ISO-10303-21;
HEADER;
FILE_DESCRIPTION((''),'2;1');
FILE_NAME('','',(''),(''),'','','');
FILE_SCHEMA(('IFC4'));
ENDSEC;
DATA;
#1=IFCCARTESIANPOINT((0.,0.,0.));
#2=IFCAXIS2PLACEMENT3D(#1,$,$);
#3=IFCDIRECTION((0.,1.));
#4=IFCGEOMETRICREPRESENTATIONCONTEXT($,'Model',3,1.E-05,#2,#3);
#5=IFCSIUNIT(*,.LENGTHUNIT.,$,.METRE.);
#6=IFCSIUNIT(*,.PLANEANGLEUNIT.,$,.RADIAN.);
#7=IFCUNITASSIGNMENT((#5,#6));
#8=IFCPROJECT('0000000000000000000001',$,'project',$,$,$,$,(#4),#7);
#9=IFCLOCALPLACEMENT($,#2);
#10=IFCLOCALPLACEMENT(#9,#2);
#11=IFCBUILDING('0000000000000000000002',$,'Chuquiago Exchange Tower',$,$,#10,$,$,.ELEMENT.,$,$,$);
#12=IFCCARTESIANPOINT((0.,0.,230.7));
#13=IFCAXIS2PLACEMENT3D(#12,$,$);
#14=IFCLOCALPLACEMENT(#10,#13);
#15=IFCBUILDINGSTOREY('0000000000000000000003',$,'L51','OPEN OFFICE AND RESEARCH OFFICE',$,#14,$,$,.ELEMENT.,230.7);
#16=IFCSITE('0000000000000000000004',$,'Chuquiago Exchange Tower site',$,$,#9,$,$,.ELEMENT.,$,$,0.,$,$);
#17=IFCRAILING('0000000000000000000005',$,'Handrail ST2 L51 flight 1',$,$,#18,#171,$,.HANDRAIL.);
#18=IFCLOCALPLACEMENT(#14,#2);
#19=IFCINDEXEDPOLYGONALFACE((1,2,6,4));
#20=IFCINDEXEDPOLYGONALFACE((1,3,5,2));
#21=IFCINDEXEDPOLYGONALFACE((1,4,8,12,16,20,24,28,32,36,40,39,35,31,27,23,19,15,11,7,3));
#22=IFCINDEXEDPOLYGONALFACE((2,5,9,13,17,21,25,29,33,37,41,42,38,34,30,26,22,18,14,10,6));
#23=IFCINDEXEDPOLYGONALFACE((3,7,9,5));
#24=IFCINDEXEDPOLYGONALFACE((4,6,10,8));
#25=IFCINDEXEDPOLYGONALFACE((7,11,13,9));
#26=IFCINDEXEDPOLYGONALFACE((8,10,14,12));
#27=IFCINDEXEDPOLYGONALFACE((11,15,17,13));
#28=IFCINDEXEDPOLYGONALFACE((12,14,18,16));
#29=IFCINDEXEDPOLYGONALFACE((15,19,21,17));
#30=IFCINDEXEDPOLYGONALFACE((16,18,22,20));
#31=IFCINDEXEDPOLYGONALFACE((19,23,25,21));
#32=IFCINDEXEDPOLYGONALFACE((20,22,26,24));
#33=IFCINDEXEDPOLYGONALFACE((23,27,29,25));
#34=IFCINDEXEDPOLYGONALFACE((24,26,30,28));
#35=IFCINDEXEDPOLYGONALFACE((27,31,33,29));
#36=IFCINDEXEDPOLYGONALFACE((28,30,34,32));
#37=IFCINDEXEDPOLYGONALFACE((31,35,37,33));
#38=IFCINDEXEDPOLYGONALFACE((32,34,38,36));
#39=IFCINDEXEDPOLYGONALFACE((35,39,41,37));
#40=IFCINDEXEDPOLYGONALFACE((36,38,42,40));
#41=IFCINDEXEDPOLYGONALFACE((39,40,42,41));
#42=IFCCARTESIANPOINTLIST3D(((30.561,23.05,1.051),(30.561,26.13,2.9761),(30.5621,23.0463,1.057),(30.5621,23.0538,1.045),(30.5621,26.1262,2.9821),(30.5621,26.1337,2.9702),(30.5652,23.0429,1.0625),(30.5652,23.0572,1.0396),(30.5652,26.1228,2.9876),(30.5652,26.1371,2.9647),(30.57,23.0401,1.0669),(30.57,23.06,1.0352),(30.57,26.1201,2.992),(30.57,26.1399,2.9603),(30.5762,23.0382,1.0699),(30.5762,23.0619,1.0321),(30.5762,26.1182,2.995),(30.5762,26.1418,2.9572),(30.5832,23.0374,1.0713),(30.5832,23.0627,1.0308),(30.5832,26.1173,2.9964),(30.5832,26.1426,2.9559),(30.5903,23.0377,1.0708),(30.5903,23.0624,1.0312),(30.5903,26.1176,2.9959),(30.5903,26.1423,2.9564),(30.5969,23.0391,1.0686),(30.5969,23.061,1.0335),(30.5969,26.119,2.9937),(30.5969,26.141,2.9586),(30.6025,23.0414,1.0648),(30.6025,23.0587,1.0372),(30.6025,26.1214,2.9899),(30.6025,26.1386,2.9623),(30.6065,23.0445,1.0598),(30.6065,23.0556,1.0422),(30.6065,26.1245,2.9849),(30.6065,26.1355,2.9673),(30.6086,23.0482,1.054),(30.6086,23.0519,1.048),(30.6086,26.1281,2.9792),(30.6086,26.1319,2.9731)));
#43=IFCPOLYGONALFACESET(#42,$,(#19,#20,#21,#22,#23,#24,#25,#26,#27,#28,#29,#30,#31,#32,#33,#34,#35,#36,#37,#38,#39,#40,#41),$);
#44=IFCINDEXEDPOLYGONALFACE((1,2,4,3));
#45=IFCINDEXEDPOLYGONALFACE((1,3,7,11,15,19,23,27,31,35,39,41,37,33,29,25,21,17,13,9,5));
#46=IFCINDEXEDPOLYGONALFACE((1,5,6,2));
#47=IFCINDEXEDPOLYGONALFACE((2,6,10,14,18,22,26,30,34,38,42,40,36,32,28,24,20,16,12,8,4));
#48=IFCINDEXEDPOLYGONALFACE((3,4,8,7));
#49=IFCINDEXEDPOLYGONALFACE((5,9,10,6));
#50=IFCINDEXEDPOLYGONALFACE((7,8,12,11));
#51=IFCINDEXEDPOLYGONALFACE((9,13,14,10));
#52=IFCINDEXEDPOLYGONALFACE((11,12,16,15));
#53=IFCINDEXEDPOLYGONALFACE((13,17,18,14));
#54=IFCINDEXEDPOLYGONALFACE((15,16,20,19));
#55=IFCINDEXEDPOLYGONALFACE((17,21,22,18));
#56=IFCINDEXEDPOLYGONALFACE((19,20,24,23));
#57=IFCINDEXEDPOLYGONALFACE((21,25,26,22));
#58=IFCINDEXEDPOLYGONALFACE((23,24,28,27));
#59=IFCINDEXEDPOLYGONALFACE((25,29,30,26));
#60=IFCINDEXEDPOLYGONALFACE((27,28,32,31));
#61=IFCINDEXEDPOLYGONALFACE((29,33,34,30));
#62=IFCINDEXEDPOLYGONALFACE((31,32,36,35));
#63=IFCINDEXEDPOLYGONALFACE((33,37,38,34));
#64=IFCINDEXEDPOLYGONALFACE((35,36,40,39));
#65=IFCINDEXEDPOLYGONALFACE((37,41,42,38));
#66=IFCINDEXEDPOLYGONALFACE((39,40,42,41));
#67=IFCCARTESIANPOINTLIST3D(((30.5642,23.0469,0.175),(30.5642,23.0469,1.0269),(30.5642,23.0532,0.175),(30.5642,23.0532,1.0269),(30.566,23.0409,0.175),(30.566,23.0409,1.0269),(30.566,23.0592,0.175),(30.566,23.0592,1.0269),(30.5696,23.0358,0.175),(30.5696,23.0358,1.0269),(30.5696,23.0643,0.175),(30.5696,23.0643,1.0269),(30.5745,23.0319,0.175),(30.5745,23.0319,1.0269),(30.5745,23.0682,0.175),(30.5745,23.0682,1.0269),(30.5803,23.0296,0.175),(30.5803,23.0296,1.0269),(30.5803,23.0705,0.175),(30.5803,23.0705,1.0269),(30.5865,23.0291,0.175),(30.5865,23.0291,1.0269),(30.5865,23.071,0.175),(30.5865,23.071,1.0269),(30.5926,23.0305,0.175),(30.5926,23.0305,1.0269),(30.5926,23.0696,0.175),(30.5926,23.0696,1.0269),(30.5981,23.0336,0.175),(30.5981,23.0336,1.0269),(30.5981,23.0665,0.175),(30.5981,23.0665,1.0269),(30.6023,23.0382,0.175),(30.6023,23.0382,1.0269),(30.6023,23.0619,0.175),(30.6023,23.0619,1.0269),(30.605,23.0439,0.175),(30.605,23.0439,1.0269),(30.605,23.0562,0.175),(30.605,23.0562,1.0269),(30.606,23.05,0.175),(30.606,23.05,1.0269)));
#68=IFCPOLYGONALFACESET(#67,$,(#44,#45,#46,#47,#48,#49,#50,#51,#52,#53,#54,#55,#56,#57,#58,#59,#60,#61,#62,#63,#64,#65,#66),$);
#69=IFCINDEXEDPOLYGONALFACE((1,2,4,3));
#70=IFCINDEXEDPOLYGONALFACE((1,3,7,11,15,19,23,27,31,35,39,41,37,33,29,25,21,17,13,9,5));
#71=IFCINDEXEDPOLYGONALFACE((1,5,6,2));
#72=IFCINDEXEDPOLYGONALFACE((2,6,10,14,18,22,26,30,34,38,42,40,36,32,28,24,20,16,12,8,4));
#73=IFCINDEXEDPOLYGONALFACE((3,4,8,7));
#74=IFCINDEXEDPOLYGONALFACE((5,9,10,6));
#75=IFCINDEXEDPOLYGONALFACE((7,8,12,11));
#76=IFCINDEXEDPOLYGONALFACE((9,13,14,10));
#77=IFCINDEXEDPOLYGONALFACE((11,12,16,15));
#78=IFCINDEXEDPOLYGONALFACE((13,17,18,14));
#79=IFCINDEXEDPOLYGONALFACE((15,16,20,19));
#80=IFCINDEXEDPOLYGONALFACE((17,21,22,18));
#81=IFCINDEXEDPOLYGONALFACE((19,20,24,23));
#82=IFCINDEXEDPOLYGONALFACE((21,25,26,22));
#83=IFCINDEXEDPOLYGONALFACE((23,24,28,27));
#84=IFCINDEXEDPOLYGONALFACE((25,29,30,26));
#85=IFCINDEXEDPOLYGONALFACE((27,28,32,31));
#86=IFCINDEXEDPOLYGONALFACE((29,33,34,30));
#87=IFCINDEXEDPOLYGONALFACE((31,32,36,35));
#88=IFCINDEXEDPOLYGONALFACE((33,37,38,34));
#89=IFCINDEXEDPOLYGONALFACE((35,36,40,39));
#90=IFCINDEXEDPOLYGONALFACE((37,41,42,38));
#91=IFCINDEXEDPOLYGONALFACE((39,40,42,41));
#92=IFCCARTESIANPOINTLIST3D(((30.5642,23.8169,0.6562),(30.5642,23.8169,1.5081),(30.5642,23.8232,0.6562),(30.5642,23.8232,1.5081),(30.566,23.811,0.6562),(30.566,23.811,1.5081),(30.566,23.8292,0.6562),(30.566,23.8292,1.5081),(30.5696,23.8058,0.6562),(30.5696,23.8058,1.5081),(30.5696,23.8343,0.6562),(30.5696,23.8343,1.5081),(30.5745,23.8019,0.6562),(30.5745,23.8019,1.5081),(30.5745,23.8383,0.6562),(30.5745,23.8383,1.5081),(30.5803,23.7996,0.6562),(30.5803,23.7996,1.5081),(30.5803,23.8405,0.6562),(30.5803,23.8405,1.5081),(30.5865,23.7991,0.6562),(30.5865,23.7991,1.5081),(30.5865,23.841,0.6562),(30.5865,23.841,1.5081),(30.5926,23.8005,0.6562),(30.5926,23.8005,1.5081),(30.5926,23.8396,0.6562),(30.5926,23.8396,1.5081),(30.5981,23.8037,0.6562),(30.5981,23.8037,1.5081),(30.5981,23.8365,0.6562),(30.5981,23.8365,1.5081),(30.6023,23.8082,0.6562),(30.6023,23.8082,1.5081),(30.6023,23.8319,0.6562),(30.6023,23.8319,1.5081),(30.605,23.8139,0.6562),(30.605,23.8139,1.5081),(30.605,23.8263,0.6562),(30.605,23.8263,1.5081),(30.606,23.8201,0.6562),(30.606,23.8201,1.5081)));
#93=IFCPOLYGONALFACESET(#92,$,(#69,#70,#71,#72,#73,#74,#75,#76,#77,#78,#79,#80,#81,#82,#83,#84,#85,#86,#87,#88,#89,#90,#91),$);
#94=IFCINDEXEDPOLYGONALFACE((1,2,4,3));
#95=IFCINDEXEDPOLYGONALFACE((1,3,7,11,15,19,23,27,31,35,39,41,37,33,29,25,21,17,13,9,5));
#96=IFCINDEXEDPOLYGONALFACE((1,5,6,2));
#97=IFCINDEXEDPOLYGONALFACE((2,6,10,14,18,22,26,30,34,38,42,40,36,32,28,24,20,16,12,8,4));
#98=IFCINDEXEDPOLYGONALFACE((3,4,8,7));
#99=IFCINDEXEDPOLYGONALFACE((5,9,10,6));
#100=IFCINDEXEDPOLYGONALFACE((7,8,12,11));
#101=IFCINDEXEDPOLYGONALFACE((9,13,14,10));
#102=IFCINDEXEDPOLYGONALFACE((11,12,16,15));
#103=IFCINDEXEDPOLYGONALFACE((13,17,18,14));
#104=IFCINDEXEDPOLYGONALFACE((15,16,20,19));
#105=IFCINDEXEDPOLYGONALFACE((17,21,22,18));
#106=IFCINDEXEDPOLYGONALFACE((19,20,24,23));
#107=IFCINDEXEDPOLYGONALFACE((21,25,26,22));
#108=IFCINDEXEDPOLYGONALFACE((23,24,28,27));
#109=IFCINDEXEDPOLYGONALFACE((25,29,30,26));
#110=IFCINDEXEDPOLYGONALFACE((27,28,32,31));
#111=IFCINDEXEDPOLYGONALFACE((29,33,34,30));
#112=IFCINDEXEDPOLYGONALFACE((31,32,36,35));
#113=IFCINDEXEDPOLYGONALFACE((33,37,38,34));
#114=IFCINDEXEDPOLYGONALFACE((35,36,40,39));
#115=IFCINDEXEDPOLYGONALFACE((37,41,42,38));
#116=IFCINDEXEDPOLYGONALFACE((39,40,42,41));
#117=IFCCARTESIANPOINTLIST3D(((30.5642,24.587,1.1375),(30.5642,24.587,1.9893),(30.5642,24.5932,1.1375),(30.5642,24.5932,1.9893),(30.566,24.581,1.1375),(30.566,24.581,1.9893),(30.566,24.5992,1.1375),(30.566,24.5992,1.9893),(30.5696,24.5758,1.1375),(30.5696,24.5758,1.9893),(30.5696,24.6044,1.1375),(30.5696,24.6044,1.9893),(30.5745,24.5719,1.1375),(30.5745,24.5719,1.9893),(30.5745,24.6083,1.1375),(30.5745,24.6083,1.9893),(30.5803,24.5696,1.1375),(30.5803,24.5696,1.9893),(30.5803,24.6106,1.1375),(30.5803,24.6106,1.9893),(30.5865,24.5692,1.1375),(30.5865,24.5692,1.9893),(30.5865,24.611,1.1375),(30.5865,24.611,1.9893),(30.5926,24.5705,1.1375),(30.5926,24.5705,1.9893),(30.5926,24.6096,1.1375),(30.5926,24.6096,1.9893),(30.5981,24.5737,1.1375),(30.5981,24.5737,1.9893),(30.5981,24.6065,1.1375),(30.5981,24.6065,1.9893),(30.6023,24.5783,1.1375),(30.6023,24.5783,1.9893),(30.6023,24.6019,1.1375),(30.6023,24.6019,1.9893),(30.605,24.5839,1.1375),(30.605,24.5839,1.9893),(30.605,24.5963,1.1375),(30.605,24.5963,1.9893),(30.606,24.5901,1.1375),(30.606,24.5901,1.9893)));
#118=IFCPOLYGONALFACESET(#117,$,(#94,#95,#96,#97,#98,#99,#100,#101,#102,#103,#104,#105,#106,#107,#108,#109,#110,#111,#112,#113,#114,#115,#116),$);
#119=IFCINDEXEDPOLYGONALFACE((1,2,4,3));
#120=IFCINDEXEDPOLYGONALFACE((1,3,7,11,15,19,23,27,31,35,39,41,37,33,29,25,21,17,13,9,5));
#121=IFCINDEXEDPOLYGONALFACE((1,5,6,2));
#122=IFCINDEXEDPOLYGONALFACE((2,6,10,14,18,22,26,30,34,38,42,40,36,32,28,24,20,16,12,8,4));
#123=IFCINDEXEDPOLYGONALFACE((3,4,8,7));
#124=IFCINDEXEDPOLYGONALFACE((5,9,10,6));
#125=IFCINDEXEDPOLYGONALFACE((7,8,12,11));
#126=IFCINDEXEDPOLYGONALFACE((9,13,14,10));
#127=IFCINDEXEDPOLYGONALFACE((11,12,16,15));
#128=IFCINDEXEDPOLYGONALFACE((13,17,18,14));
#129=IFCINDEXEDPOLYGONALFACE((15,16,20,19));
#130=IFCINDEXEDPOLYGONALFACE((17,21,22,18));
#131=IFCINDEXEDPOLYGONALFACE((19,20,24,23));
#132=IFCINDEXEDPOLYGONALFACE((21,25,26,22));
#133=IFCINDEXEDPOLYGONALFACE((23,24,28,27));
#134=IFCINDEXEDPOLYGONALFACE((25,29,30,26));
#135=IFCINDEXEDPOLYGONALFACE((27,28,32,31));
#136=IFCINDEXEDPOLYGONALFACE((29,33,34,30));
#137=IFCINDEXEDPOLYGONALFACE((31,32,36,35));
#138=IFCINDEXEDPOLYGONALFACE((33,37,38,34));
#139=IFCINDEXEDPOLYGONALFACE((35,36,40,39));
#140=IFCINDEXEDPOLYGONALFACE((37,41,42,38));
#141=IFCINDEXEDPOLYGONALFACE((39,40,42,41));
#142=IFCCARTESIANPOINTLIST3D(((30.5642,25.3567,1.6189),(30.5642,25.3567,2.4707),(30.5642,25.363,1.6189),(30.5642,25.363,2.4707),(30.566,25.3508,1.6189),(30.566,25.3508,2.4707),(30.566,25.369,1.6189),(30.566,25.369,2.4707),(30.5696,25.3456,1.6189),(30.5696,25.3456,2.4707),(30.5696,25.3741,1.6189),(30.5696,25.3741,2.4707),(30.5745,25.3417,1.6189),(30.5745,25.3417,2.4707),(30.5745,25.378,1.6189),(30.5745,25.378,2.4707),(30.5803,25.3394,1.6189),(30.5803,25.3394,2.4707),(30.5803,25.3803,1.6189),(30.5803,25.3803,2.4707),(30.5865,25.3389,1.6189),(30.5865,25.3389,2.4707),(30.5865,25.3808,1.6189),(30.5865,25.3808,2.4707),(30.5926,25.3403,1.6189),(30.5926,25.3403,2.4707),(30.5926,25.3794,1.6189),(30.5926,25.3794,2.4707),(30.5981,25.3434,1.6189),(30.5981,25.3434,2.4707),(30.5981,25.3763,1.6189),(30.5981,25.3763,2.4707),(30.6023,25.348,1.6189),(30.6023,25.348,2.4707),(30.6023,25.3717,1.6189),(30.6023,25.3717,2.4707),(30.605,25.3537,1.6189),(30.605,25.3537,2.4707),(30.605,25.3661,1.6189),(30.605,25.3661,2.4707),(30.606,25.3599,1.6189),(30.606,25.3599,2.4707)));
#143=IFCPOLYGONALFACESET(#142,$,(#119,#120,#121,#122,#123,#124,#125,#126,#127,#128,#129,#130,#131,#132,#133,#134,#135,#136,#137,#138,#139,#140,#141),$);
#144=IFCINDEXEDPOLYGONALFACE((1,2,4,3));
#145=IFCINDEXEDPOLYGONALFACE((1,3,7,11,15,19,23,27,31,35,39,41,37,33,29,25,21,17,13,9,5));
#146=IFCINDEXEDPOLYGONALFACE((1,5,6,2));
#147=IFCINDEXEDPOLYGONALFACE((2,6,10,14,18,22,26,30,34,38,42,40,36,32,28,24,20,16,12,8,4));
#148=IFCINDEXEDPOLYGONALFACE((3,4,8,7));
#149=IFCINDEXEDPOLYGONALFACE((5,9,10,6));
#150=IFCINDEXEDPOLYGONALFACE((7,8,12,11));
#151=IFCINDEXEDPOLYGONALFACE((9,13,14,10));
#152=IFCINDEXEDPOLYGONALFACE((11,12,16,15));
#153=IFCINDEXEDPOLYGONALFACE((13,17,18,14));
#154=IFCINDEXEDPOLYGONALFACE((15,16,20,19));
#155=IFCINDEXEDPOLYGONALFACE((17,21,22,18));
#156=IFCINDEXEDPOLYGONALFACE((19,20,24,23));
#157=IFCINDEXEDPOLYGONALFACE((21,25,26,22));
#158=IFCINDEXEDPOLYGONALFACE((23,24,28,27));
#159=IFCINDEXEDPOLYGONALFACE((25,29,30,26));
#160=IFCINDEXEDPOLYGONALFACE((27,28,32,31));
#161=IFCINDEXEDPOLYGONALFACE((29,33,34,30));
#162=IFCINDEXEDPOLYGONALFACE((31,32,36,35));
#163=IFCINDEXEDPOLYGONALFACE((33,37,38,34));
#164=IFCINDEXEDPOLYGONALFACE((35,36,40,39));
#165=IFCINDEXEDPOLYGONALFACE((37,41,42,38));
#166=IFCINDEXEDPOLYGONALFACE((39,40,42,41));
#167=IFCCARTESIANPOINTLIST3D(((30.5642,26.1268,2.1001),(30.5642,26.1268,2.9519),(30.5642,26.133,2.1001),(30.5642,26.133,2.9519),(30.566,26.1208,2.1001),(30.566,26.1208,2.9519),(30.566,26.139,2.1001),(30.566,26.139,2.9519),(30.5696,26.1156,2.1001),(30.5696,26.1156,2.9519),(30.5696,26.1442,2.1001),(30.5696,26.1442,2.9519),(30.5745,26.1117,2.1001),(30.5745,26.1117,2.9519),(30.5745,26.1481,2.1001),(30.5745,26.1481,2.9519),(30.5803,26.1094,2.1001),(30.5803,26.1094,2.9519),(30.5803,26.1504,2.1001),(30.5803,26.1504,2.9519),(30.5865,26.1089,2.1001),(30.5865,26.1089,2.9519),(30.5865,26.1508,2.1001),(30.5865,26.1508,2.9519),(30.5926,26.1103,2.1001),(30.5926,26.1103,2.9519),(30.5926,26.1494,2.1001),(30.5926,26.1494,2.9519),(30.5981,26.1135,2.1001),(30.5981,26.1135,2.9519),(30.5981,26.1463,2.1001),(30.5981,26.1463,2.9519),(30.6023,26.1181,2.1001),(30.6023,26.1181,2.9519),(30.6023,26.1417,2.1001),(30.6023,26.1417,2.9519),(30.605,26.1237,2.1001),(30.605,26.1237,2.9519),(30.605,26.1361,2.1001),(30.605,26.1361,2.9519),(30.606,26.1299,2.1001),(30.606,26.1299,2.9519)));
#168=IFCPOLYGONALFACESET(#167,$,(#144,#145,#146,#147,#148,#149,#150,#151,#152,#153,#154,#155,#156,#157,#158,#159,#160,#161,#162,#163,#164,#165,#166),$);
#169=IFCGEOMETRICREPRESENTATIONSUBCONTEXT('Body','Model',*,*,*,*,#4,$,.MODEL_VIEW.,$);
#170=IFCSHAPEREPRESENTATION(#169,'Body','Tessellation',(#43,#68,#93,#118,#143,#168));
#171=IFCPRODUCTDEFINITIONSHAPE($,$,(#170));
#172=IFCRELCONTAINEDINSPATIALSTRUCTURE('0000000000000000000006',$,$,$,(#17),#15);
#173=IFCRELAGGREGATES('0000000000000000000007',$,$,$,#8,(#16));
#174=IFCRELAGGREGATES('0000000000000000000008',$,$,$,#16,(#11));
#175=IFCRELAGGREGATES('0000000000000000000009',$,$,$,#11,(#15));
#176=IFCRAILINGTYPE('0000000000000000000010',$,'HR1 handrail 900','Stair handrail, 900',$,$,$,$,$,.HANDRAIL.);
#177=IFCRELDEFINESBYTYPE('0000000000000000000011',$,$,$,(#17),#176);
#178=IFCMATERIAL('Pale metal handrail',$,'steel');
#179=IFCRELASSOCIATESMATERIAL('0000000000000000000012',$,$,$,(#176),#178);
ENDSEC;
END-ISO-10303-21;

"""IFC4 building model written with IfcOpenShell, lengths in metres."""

from ifc_helpers import new_model, si_unit, direction, frame, origin, origin_2d, place, context, subcontext, project, spatial, circle, extrude, material, type_object, element, save


model = new_model("IFC4")

# Units and contexts
model_context = context("Model", 3, precision=1e-05, world=origin(), true_north=direction((0.0, 1.0)))
body_context = subcontext(model_context, "Body", "Model", "MODEL_VIEW")
ifc_project = project(units=[si_unit("LENGTHUNIT", "METRE"), si_unit("PLANEANGLEUNIT", "RADIAN")], contexts=[model_context])

# Site, building, storey
site_placement = place(None, origin())
site = spatial("IfcSite", under=ifc_project, at=site_placement, Name="Chuquiago Exchange Tower site", CompositionType="ELEMENT", RefElevation=0.0)
building_placement = place(site_placement, origin())
building = spatial("IfcBuilding", under=site, at=building_placement, Name="Chuquiago Exchange Tower", CompositionType="ELEMENT")
storey_placement = place(building_placement, frame((0.0, 0.0, 230.7)))
storey = spatial("IfcBuildingStorey", under=building, at=storey_placement, Name="L51", Description="OPEN OFFICE AND RESEARCH OFFICE", CompositionType="ELEMENT", Elevation=230.7)

# Railing
ifc_material_1 = material(Name="Pale metal handrail", Category="steel")
railing_type_1 = type_object("IfcRailingType", Name="HR1 handrail 900", Description="Stair handrail, 900", PredefinedType="HANDRAIL", material=ifc_material_1)
railing_1_placement = place(storey_placement, frame((30.585, 23.05, 0.175)))
element("IfcRailing", 1, at=railing_1_placement, inside=storey, type_object=railing_type_1, Name="Handrail ST2 L51 flight 1", PredefinedType="HANDRAIL", context=body_context, shape_type="SweptSolid", body=[
    extrude(circle(Radius=0.0239, at=origin_2d()), frame((0.0, 0.0, 0.876), z_axis=(0.0, 0.847979, 0.530029), x_axis=(-1.0, 0.0, 0.0)), (0.0, 0.0, 1.0), 3.6321),
    extrude(circle(Radius=0.021, at=origin_2d()), origin(), (0.0, 0.0, 1.0), 0.8518),
    extrude(circle(Radius=0.021, at=origin_2d()), frame((0.0, 0.77, 0.4812)), (0.0, 0.0, 1.0), 0.8518),
    extrude(circle(Radius=0.021, at=origin_2d()), frame((0.0, 1.54, 0.9624)), (0.0, 0.0, 1.0), 0.8518),
    extrude(circle(Radius=0.021, at=origin_2d()), frame((0.0, 2.3098, 1.4438)), (0.0, 0.0, 1.0), 0.8518),
    extrude(circle(Radius=0.021, at=origin_2d()), frame((0.0, 3.0798, 1.925)), (0.0, 0.0, 1.0), 0.8518),
])

save(model, "model.ifc")
